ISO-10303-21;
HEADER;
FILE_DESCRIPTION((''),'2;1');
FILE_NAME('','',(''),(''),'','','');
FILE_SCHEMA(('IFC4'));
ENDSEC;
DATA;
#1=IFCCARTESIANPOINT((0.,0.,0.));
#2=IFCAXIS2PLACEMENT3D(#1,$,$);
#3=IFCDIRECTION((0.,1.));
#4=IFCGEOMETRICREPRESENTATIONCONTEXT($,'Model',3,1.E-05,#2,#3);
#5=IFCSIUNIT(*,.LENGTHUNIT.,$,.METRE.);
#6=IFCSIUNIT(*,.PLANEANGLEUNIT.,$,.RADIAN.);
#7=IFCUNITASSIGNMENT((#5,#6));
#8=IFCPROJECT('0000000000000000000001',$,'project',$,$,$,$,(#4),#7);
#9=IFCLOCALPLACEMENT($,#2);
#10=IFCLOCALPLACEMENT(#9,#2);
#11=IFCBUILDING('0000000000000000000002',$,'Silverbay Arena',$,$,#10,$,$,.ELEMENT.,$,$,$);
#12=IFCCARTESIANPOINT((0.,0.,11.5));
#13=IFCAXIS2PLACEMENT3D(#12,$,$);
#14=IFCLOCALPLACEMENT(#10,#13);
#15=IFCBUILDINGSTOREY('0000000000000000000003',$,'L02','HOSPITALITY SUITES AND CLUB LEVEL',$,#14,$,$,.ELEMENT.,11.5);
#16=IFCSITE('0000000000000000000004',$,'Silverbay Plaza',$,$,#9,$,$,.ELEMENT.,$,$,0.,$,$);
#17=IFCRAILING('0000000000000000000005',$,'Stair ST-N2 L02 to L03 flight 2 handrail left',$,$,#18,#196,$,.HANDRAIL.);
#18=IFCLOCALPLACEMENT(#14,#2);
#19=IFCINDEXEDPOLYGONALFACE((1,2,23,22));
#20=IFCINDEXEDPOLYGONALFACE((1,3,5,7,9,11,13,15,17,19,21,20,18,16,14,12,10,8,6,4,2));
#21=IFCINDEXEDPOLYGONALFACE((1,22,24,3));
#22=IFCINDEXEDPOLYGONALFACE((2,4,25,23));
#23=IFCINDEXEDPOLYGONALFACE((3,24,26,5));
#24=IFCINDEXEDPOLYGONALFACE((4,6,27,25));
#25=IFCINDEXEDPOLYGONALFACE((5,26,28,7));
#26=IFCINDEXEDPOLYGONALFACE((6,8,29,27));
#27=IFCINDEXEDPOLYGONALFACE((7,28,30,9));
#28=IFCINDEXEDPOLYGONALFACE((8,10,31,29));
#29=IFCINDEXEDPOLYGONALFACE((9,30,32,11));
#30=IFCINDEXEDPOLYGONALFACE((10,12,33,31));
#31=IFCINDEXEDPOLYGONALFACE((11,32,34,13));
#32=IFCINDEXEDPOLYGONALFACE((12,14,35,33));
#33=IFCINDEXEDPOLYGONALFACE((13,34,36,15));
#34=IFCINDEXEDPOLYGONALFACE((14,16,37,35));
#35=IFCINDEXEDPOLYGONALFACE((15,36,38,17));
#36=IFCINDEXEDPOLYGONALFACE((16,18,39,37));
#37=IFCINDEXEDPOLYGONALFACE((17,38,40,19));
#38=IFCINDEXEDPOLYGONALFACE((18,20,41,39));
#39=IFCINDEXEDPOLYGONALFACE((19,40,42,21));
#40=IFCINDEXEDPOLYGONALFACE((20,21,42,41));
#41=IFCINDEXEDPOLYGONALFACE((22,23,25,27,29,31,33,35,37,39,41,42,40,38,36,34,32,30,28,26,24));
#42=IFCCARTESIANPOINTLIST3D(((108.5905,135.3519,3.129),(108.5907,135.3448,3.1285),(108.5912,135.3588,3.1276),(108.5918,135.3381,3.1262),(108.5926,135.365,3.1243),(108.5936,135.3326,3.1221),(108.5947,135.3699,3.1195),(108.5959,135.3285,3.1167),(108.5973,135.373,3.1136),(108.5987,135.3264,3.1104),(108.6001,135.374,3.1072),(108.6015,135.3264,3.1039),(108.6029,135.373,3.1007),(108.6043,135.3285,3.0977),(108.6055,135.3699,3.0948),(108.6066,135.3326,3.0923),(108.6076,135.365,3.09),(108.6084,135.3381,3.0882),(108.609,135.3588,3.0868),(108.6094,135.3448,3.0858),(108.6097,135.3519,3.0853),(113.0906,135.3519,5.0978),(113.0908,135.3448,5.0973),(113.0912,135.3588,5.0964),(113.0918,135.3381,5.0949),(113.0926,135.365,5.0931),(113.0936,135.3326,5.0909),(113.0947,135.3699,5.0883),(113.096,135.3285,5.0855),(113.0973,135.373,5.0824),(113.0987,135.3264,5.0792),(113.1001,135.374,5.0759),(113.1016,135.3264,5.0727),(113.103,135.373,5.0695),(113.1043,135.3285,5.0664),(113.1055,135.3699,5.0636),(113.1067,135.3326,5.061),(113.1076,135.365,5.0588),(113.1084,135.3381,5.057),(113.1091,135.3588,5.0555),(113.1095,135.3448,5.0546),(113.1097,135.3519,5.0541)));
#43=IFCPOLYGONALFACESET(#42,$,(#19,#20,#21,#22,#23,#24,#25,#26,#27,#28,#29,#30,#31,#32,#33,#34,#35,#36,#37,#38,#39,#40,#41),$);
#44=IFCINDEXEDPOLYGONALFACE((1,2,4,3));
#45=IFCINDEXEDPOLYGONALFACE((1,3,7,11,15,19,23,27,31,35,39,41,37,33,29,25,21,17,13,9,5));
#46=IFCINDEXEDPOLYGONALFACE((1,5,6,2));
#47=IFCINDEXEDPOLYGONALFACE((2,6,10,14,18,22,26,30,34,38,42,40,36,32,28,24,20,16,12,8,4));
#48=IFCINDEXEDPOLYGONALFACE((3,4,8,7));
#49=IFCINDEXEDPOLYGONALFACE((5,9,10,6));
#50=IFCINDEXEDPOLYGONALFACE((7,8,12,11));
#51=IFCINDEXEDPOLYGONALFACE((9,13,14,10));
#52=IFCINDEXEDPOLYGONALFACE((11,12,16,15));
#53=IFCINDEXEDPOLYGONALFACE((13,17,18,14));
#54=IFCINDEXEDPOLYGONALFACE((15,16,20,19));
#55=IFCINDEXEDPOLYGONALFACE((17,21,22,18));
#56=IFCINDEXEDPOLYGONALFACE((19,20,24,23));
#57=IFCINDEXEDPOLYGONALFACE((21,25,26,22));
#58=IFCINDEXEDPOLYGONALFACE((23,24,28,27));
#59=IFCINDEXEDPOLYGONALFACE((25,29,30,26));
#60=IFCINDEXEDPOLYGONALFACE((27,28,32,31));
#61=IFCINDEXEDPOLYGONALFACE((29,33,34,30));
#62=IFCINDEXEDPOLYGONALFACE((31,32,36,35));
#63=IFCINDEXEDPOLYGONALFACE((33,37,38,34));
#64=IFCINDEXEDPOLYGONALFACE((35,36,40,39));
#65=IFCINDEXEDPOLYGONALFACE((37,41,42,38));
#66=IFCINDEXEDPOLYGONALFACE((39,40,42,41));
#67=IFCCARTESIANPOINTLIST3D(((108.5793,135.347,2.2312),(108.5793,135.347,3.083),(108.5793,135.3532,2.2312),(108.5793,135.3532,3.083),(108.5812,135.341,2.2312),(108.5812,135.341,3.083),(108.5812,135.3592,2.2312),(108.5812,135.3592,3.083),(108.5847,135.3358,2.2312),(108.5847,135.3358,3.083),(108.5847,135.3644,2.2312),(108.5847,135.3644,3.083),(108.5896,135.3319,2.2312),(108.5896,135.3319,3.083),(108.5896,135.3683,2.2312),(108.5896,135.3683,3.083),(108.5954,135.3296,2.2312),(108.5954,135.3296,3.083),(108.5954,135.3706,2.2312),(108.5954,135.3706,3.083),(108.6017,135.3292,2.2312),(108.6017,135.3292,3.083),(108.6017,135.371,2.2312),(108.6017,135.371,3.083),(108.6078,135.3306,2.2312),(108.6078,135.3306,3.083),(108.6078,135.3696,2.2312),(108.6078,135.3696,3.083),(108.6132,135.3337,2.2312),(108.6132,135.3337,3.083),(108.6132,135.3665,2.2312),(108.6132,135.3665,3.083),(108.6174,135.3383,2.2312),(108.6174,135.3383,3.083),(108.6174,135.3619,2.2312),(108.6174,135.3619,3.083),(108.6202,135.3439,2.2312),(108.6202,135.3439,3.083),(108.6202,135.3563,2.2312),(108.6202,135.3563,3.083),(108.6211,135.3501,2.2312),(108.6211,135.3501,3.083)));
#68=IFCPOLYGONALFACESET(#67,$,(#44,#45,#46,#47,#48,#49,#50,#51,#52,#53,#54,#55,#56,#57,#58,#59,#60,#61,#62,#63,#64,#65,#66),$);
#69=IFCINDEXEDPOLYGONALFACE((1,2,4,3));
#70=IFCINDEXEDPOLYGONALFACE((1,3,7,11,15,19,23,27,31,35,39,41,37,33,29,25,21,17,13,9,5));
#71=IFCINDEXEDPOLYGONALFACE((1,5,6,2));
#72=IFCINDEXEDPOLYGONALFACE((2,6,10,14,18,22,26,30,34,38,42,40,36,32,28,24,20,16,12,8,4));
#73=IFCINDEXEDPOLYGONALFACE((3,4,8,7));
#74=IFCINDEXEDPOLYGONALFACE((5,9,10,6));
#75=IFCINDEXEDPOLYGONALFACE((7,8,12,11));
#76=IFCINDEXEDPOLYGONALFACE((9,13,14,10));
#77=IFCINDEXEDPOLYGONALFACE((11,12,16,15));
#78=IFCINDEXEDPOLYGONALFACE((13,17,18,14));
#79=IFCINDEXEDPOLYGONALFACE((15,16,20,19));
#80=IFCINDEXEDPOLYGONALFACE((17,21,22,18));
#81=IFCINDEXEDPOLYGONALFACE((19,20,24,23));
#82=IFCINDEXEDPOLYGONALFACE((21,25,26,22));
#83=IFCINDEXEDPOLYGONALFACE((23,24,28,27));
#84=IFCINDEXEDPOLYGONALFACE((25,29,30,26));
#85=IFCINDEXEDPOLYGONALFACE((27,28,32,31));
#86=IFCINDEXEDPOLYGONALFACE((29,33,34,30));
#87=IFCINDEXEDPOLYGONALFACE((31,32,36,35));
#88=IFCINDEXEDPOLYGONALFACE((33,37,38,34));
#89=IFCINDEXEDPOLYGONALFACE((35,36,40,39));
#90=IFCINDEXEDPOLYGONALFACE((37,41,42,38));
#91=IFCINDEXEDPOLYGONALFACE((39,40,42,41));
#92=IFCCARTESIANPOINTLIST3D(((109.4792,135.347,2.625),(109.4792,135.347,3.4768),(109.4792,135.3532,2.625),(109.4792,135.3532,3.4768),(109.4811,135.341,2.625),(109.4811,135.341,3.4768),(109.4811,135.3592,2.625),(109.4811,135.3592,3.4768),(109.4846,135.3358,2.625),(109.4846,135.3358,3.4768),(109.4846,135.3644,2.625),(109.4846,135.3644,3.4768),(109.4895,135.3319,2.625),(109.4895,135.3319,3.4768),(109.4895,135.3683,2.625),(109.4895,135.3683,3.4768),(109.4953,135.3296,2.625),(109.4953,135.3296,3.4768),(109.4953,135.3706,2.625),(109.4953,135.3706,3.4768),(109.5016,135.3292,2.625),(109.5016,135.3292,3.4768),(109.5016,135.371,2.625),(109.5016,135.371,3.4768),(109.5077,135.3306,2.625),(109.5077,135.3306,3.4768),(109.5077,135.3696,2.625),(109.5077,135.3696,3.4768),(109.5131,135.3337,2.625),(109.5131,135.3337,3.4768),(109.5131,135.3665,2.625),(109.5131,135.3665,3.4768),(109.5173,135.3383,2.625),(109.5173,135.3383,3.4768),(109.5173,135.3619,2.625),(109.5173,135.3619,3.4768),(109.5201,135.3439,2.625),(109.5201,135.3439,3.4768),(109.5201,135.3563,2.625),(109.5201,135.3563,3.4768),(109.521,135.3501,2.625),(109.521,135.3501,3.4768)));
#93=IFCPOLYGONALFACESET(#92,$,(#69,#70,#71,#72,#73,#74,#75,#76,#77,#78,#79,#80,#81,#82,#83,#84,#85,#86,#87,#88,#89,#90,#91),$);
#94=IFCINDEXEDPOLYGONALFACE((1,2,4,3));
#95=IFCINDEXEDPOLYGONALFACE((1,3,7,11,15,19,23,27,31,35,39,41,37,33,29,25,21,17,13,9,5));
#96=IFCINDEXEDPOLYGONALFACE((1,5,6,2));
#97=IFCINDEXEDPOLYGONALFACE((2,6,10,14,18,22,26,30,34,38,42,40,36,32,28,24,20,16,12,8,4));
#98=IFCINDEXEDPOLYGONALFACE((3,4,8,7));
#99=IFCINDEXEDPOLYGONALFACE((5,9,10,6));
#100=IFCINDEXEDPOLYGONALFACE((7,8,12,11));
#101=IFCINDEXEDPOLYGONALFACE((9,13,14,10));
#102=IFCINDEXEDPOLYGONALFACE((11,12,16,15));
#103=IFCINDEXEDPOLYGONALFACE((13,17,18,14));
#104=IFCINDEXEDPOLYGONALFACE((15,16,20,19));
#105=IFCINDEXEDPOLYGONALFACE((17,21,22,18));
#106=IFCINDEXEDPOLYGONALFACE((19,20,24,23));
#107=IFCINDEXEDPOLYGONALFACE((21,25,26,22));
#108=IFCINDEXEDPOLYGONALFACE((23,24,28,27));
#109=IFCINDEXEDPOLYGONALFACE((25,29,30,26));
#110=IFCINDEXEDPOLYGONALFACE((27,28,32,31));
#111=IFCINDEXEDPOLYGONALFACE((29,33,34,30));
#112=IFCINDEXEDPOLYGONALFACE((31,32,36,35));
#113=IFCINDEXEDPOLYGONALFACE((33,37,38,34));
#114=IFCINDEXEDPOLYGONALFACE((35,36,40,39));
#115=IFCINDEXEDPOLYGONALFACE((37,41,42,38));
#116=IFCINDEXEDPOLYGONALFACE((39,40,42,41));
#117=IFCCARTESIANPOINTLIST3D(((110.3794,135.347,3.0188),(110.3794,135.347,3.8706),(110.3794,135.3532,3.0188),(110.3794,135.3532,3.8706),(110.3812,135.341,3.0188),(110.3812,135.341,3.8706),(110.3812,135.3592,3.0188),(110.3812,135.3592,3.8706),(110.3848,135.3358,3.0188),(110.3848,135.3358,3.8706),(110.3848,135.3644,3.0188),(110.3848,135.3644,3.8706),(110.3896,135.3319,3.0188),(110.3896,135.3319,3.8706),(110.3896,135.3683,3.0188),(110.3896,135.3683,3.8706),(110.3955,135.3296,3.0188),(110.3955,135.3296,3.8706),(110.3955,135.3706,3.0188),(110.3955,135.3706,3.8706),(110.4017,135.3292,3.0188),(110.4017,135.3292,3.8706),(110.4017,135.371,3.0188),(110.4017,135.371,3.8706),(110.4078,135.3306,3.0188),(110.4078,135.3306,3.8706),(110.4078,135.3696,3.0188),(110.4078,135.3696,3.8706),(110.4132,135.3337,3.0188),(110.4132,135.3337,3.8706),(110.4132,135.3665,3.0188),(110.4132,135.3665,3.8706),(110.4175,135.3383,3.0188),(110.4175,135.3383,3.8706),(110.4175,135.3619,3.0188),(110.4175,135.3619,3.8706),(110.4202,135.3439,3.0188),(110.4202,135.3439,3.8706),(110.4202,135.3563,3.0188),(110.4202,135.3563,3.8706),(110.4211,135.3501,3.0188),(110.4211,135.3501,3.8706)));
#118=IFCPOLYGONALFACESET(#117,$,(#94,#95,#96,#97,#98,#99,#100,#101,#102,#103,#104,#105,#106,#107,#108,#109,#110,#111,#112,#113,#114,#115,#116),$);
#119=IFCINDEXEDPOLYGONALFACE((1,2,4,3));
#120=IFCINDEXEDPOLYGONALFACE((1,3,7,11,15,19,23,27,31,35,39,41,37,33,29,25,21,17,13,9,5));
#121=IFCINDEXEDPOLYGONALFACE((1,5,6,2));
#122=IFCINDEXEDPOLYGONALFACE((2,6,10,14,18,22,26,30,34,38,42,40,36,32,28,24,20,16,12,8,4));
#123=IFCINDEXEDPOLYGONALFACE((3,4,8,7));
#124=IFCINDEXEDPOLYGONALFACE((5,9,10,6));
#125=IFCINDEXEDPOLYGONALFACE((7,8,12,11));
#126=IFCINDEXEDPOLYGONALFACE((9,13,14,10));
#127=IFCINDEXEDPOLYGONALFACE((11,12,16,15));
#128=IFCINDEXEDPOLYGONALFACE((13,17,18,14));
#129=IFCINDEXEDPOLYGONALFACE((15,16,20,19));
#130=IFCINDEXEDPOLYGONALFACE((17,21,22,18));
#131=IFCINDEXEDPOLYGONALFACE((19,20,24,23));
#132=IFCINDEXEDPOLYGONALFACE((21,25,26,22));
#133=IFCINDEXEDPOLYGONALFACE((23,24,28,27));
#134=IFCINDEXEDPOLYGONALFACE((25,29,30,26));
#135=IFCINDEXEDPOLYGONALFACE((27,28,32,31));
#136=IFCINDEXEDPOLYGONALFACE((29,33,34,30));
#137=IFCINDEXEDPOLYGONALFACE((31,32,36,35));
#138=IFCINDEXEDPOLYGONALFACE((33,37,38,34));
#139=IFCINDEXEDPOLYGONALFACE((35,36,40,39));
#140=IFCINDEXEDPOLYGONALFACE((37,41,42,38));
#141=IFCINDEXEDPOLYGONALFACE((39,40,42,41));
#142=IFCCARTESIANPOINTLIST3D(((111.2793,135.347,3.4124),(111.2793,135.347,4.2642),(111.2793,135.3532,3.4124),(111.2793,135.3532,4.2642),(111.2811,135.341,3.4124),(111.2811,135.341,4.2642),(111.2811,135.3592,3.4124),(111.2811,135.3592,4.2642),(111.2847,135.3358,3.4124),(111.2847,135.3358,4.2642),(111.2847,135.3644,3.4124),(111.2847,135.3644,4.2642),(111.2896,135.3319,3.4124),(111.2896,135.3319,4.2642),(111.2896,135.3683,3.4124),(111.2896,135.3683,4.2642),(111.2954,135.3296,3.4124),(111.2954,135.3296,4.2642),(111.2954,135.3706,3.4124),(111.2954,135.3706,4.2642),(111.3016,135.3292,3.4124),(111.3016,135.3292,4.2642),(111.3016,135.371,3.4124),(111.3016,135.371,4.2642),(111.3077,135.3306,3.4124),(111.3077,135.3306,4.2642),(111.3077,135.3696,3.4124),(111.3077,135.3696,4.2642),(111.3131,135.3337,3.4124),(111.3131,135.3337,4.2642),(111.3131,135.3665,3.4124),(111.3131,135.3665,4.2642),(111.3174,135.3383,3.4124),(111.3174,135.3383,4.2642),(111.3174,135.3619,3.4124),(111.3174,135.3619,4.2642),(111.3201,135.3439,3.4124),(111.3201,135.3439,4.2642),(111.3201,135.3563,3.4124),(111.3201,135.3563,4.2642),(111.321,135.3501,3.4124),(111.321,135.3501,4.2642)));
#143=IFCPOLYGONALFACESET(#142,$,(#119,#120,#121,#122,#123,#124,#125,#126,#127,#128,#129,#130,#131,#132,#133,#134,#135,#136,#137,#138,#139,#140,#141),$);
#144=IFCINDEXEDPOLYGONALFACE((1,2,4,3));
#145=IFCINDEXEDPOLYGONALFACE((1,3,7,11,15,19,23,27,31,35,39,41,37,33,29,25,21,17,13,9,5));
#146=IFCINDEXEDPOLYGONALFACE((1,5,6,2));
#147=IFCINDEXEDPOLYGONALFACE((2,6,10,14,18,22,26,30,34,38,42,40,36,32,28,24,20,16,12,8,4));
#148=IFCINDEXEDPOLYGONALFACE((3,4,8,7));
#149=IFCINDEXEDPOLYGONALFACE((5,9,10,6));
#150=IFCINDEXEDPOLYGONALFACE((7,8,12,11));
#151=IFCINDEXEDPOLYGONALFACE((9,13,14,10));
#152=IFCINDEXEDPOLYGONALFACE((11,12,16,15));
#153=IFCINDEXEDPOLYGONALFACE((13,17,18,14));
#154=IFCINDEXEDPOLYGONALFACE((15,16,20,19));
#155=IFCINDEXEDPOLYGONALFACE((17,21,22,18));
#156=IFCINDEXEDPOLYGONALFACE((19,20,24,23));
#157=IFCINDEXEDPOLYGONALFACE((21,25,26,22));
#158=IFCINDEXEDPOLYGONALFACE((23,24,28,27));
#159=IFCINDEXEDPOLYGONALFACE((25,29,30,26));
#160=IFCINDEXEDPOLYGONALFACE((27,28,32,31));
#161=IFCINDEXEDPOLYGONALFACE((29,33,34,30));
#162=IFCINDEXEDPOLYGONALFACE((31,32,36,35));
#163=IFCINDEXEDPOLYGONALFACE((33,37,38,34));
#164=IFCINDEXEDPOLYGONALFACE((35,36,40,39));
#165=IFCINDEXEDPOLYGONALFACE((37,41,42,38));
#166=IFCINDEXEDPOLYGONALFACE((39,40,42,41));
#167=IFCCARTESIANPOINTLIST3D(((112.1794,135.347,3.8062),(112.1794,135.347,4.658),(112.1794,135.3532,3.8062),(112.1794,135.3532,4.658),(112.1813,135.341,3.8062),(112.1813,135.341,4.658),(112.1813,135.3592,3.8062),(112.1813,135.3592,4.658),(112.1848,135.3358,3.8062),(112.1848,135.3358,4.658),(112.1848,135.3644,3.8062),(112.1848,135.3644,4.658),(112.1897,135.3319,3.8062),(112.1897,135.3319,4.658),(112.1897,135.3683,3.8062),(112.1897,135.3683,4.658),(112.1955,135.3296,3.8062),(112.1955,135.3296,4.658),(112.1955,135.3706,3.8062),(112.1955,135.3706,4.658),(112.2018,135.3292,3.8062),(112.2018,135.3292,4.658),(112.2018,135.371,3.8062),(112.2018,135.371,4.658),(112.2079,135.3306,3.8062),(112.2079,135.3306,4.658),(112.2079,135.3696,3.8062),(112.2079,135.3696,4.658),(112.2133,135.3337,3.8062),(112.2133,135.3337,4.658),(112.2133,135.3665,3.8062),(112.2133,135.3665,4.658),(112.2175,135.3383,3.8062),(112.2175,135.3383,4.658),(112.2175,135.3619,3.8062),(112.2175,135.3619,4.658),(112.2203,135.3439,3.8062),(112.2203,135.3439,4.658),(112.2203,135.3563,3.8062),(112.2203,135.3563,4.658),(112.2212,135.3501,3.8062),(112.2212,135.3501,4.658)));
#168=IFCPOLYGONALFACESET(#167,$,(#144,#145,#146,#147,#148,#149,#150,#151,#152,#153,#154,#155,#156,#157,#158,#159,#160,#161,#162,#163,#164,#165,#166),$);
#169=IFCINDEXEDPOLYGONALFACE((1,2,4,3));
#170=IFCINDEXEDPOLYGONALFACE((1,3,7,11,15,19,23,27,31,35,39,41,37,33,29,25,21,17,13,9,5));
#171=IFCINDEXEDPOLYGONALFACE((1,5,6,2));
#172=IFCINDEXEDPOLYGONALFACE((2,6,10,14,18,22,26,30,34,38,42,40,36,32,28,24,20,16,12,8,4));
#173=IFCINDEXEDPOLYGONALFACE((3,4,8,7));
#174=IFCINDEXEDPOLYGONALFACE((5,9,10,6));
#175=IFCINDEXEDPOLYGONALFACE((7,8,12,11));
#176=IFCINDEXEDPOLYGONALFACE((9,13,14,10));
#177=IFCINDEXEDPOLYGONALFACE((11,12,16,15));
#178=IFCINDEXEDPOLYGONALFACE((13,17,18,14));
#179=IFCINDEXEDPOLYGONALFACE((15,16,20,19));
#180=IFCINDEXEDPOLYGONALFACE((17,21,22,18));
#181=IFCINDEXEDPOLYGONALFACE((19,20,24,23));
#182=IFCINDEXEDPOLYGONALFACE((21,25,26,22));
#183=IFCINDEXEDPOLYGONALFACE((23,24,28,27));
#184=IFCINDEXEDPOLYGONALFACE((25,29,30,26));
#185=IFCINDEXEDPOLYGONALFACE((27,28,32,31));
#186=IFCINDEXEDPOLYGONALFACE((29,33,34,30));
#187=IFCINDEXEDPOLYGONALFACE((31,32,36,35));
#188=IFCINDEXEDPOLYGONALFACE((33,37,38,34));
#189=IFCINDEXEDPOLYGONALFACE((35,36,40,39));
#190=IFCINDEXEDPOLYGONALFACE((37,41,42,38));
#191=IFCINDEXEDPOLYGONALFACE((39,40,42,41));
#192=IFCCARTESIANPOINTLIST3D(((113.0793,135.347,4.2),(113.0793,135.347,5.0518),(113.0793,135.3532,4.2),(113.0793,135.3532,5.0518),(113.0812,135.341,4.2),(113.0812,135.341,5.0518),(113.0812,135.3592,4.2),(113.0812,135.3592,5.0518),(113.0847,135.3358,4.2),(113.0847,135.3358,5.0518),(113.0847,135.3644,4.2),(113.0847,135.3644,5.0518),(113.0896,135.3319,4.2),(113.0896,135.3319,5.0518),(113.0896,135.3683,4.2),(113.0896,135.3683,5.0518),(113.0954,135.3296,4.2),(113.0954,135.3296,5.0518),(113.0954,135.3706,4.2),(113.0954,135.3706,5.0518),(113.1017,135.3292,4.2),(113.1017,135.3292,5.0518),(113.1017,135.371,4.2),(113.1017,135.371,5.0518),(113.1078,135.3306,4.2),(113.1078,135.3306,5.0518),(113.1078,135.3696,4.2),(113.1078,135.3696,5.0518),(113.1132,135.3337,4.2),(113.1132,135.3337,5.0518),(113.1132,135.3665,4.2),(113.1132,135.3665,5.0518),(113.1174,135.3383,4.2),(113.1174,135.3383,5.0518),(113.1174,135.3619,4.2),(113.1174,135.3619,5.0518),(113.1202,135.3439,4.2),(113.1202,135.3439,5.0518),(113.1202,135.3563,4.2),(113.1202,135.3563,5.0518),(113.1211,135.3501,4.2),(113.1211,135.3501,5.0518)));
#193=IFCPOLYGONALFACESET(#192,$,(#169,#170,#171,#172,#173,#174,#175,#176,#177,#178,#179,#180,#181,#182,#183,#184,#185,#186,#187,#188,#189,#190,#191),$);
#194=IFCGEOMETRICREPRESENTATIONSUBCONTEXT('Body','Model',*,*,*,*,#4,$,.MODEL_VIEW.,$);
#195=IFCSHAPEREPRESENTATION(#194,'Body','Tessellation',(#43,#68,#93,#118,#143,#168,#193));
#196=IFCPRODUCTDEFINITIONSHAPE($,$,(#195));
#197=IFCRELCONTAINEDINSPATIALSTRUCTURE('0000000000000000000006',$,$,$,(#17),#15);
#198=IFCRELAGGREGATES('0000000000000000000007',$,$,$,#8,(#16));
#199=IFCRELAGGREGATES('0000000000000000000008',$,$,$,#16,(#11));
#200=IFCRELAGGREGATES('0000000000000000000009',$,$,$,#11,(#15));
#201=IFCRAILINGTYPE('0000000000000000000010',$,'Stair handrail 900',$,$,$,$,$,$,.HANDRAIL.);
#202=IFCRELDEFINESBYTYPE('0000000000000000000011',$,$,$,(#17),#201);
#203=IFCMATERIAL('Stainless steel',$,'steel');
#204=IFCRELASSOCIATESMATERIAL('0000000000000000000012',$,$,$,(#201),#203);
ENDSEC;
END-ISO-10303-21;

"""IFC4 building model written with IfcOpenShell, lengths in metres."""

from ifc_helpers import new_model, si_unit, direction, frame, origin, origin_2d, place, context, subcontext, project, spatial, circle, extrude, material, type_object, element, save


model = new_model("IFC4")

# Units and contexts
model_context = context("Model", 3, precision=1e-05, world=origin(), true_north=direction((0.0, 1.0)))
body_context = subcontext(model_context, "Body", "Model", "MODEL_VIEW")
ifc_project = project(units=[si_unit("LENGTHUNIT", "METRE"), si_unit("PLANEANGLEUNIT", "RADIAN")], contexts=[model_context])

# Site, building, storey
site_placement = place(None, origin())
site = spatial("IfcSite", under=ifc_project, at=site_placement, Name="Silverbay Plaza", CompositionType="ELEMENT", RefElevation=0.0)
building_placement = place(site_placement, origin())
building = spatial("IfcBuilding", under=site, at=building_placement, Name="Silverbay Arena", CompositionType="ELEMENT")
storey_placement = place(building_placement, frame((0.0, 0.0, 11.5)))
storey = spatial("IfcBuildingStorey", under=building, at=storey_placement, Name="L02", Description="HOSPITALITY SUITES AND CLUB LEVEL", CompositionType="ELEMENT", Elevation=11.5)

# Railing
ifc_material_1 = material(Name="Stainless steel", Category="steel")
railing_type_1 = type_object("IfcRailingType", Name="Stair handrail 900", PredefinedType="HANDRAIL", material=ifc_material_1)
for number, where, name in (
    (1, (108.6001, 135.3501, 2.2312), "Stair ST-N2 L02 to L03 flight 2 handrail left"),
):
    element("IfcRailing", number, at=place(storey_placement, frame(where)), inside=storey, type_object=railing_type_1, Name=name, PredefinedType="HANDRAIL", context=body_context, shape_type="SweptSolid", body=[
        extrude(circle(Radius=0.0239, at=origin_2d()), frame((0.0, 0.0, 0.876), z_axis=(0.916157, 0.0, 0.400819), x_axis=(0.0, 1.0, 0.0)), (0.0, 0.0, 1.0), 4.9119),
        extrude(circle(Radius=0.021, at=origin_2d()), origin(), (0.0, 0.0, 1.0), 0.8518),
        extrude(circle(Radius=0.021, at=origin_2d()), frame((0.8999, 0.0, 0.3938)), (0.0, 0.0, 1.0), 0.8518),
        extrude(circle(Radius=0.021, at=origin_2d()), frame((1.8, 0.0, 0.7876)), (0.0, 0.0, 1.0), 0.8518),
        extrude(circle(Radius=0.021, at=origin_2d()), frame((2.7, 0.0, 1.1812)), (0.0, 0.0, 1.0), 0.8518),
        extrude(circle(Radius=0.021, at=origin_2d()), frame((3.6001, 0.0, 1.575)), (0.0, 0.0, 1.0), 0.8518),
        extrude(circle(Radius=0.021, at=origin_2d()), frame((4.5, 0.0, 1.9688)), (0.0, 0.0, 1.0), 0.8518),
    ])

save(model, "model.ifc")
